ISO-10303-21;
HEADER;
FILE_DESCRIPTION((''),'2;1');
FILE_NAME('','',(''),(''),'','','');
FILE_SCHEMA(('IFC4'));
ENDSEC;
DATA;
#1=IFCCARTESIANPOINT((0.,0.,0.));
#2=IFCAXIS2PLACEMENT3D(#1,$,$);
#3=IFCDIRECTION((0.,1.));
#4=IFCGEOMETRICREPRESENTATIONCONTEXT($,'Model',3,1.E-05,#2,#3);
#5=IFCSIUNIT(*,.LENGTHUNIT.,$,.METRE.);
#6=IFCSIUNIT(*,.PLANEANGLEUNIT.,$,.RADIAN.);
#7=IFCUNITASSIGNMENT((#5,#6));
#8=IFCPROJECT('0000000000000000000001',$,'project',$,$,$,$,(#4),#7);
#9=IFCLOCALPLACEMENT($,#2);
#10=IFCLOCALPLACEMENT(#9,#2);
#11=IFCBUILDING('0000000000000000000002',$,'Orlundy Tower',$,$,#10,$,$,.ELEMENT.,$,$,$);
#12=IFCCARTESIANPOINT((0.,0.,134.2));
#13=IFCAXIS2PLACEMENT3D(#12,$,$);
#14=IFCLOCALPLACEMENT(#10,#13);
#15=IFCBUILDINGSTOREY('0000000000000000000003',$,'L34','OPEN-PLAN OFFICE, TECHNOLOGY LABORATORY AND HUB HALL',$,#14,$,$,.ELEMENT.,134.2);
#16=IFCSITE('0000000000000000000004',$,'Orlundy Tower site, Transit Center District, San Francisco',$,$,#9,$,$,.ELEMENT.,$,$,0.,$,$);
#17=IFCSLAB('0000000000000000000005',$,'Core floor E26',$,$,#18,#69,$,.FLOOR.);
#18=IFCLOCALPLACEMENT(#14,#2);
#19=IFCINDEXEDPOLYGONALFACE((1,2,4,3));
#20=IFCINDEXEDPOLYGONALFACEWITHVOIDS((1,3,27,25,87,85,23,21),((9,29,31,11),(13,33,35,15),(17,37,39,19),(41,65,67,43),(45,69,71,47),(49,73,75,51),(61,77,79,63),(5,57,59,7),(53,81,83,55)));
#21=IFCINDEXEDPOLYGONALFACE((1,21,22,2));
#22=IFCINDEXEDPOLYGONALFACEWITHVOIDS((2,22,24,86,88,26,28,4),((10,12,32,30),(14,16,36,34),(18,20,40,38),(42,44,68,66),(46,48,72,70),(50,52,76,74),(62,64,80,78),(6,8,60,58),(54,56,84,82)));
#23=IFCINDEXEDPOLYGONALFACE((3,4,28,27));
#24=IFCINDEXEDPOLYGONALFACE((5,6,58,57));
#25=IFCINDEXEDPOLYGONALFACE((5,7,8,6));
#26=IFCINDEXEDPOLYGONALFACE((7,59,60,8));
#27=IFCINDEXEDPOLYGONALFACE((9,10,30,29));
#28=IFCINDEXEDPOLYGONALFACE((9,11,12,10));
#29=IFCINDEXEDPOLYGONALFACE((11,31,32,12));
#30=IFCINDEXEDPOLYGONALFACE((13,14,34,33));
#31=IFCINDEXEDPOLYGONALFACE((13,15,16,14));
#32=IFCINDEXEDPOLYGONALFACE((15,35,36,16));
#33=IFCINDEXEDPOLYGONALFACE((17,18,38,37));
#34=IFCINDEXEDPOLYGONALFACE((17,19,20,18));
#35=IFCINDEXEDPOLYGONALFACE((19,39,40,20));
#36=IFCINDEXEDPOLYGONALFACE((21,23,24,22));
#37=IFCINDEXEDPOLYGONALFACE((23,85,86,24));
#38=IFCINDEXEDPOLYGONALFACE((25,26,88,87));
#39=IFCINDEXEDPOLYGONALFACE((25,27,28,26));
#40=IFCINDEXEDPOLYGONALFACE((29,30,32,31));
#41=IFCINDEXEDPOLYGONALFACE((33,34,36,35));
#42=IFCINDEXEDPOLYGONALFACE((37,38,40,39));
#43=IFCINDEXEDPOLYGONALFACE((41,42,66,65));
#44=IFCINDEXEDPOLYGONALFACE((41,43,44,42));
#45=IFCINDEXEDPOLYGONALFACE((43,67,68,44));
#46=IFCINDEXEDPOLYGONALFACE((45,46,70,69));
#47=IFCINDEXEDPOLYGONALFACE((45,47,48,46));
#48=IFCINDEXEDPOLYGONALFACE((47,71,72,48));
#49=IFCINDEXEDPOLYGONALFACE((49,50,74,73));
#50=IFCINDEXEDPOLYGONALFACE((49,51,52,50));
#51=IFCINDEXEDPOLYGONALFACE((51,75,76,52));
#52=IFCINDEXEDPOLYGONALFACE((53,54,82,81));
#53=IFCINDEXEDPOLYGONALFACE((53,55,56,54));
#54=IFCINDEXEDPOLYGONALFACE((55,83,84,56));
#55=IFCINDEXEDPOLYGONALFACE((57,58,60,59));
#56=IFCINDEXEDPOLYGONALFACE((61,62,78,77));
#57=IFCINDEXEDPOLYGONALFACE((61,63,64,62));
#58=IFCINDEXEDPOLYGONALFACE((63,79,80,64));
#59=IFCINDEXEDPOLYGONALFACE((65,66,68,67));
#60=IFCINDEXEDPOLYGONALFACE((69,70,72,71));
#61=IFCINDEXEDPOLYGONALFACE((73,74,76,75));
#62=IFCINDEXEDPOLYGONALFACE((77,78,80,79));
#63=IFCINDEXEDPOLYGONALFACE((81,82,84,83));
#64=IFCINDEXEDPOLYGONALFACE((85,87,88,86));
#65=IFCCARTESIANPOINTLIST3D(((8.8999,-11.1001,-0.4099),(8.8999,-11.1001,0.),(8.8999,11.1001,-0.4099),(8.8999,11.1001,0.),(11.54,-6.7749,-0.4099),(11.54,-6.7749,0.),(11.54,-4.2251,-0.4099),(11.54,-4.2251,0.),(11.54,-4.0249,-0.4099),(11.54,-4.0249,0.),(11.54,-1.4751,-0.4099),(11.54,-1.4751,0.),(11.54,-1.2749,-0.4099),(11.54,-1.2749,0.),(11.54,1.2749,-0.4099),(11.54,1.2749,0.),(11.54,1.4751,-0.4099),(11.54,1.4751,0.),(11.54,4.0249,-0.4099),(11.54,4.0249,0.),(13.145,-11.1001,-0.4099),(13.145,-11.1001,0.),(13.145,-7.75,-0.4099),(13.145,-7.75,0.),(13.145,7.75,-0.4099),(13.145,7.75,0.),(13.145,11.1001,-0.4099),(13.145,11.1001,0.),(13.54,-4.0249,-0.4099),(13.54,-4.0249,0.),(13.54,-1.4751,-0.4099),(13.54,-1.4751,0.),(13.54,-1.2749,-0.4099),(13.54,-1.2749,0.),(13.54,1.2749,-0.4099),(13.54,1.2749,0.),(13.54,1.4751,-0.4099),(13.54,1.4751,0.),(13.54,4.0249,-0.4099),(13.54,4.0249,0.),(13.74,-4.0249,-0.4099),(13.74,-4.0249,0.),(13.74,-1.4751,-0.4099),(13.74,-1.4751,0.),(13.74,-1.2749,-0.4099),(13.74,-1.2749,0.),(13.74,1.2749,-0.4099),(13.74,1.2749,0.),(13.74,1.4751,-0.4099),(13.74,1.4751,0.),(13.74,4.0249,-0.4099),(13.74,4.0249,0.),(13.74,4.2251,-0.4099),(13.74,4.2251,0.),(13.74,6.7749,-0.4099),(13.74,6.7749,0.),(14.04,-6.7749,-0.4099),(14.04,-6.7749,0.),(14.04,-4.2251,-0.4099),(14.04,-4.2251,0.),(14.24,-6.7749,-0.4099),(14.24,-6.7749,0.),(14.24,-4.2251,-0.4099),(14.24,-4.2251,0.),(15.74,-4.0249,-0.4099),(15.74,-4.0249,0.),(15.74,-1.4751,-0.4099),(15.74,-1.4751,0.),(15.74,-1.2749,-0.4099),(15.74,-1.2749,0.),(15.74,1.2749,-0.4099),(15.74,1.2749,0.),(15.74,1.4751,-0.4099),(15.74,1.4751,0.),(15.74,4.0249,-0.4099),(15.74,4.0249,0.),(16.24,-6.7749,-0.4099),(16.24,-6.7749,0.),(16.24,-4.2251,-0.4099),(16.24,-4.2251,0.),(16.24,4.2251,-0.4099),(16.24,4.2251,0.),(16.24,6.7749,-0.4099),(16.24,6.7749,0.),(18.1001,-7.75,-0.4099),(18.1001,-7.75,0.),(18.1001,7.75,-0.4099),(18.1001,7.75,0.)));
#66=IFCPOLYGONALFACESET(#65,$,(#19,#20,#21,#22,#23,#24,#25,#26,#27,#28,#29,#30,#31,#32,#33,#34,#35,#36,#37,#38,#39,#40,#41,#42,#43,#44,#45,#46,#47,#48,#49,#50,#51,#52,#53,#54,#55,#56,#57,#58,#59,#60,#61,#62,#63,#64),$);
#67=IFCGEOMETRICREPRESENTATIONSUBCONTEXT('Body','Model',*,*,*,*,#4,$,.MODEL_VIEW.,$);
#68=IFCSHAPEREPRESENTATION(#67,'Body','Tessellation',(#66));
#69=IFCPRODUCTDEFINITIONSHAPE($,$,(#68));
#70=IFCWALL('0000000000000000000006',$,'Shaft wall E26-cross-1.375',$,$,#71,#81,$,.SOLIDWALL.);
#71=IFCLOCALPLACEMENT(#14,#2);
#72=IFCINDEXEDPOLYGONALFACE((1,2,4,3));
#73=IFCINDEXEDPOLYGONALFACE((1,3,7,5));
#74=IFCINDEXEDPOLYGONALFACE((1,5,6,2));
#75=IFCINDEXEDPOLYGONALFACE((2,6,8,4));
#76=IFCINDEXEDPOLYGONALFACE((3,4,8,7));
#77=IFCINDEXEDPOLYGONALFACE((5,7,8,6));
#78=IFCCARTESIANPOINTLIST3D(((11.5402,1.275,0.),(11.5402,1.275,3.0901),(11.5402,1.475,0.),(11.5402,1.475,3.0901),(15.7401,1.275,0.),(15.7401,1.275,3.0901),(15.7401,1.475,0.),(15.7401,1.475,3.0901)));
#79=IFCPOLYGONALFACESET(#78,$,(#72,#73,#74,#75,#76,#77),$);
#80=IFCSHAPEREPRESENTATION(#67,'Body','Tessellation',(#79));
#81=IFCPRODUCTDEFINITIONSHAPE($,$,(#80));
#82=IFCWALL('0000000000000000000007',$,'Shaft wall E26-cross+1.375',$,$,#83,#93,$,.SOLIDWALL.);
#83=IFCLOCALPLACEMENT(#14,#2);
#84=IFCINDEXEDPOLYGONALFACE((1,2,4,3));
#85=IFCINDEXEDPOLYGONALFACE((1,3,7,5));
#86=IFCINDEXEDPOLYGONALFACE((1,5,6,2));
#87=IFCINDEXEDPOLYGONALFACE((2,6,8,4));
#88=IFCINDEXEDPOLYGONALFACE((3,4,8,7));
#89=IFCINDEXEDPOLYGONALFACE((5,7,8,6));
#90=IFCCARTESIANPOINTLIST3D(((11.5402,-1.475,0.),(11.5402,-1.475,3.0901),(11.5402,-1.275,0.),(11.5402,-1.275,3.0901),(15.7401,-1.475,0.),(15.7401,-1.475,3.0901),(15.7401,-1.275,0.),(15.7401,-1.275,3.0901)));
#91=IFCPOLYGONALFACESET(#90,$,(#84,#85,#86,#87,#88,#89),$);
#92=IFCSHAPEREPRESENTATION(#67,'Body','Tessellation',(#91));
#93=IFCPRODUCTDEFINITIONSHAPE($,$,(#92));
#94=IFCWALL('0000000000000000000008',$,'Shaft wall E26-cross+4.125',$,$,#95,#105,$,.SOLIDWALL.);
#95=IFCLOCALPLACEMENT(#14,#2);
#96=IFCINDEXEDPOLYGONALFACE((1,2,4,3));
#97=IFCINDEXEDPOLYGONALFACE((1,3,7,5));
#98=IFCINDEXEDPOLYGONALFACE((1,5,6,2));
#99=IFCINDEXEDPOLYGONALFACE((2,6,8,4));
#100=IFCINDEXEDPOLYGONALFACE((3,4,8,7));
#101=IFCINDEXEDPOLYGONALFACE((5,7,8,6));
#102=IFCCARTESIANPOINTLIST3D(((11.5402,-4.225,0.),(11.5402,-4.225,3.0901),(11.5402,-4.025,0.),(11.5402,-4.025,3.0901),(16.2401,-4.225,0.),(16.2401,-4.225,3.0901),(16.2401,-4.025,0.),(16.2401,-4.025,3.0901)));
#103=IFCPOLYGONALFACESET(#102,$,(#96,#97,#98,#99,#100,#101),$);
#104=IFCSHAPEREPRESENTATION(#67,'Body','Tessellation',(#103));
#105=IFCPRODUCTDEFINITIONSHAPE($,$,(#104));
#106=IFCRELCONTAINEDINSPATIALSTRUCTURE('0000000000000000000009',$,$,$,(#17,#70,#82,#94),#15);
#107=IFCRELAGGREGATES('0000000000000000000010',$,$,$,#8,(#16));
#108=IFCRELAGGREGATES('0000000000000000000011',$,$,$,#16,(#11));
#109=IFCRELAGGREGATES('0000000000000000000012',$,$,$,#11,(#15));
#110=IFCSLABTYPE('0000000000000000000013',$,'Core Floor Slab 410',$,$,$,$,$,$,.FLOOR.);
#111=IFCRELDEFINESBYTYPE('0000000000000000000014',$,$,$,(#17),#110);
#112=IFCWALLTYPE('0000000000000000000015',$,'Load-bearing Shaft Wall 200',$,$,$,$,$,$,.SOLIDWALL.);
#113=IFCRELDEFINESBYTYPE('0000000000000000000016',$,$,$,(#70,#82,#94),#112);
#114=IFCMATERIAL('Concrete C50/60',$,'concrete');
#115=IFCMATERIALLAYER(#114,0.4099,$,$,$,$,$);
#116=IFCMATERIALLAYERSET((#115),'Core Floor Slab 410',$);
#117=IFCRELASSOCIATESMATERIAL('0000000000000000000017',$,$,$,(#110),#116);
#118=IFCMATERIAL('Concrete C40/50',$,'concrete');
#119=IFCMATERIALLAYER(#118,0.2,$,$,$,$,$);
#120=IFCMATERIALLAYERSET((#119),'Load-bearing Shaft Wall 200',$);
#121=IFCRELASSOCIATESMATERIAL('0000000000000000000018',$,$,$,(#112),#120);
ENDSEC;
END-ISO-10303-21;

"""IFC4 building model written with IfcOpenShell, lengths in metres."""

from ifc_helpers import new_model, si_unit, direction, frame, frame_2d, origin, place, context, subcontext, project, spatial, polyline, rectangle, outline, extrude, material, layer, layer_set, type_object, element, save


model = new_model("IFC4")

# Units and contexts
model_context = context("Model", 3, precision=1e-05, world=origin(), true_north=direction((0.0, 1.0)))
body_context = subcontext(model_context, "Body", "Model", "MODEL_VIEW")
ifc_project = project(units=[si_unit("LENGTHUNIT", "METRE"), si_unit("PLANEANGLEUNIT", "RADIAN")], contexts=[model_context])

# Site, building, storey
site_placement = place(None, origin())
site = spatial("IfcSite", under=ifc_project, at=site_placement, Name="Orlundy Tower site, Transit Center District, San Francisco", CompositionType="ELEMENT", RefElevation=0.0)
building_placement = place(site_placement, origin())
building = spatial("IfcBuilding", under=site, at=building_placement, Name="Orlundy Tower", CompositionType="ELEMENT")
storey_placement = place(building_placement, frame((0.0, 0.0, 134.2)))
storey = spatial("IfcBuildingStorey", under=building, at=storey_placement, Name="L34", Description="OPEN-PLAN OFFICE, TECHNOLOGY LABORATORY AND HUB HALL", CompositionType="ELEMENT", Elevation=134.2)

# Slab
ifc_material_1 = material(Name="Concrete C50/60", Category="concrete")
ifc_layer_1 = layer(ifc_material_1, 0.4099)
ifc_layer_set_1 = layer_set([ifc_layer_1], Name="Core Floor Slab 410")
slab_type = type_object("IfcSlabType", Name="Core Floor Slab 410", PredefinedType="FLOOR", material=ifc_layer_set_1)
slab_placement = place(storey_placement, frame((0.0, 0.0, -0.4099)))
element("IfcSlab", 1, at=slab_placement, inside=storey, type_object=slab_type, Name="Core floor E26", PredefinedType="FLOOR", context=body_context, shape_type="SweptSolid", body=[
    extrude(outline(polyline([(13.145, -7.75), (13.145, -11.1001), (8.8999, -11.1001), (8.8999, 11.1001), (13.145, 11.1001), (13.145, 7.75), (18.1001, 7.75), (18.1001, -7.75), (13.145, -7.75)]), holes=[polyline([(16.24, 6.7749), (13.74, 6.7749), (13.74, 4.2251), (16.24, 4.2251), (16.24, 6.7749)]), polyline([(13.54, 1.4751), (13.54, 4.0249), (11.54, 4.0249), (11.54, 1.4751), (13.54, 1.4751)]), polyline([(13.74, 1.4751), (15.74, 1.4751), (15.74, 4.0249), (13.74, 4.0249), (13.74, 1.4751)]), polyline([(11.54, 1.2749), (11.54, -1.2749), (13.54, -1.2749), (13.54, 1.2749), (11.54, 1.2749)]), polyline([(15.74, 1.2749), (13.74, 1.2749), (13.74, -1.2749), (15.74, -1.2749), (15.74, 1.2749)]), polyline([(13.54, -4.0249), (13.54, -1.4751), (11.54, -1.4751), (11.54, -4.0249), (13.54, -4.0249)]), polyline([(13.74, -4.0249), (15.74, -4.0249), (15.74, -1.4751), (13.74, -1.4751), (13.74, -4.0249)]), polyline([(11.54, -4.2251), (11.54, -6.7749), (14.04, -6.7749), (14.04, -4.2251), (11.54, -4.2251)]), polyline([(16.24, -4.2251), (14.24, -4.2251), (14.24, -6.7749), (16.24, -6.7749), (16.24, -4.2251)])]), origin(), (0.0, 0.0, 1.0), 0.4099),
])

# Walls
ifc_material_2 = material(Name="Concrete C40/50", Category="concrete")
ifc_layer_2 = layer(ifc_material_2, 0.2)
ifc_layer_set_2 = layer_set([ifc_layer_2], Name="Load-bearing Shaft Wall 200")
wall_type_1 = type_object("IfcWallType", Name="Load-bearing Shaft Wall 200", PredefinedType="SOLIDWALL", material=ifc_layer_set_2)
for number, where, z_axis, x_axis, name in (
    (2, (11.54, 1.375, 0.0), (0.0, 0.0, 1.0), (1.0, 0.0, 0.0), "Shaft wall E26-cross-1.375"),
    (3, (11.54, -1.375, 0.0), (0.0, 0.0, 1.0), (1.0, 0.0, 0.0), "Shaft wall E26-cross+1.375"),
):
    element("IfcWall", number, at=place(storey_placement, frame(where, z_axis=z_axis, x_axis=x_axis)), inside=storey, type_object=wall_type_1, Name=name, PredefinedType="SOLIDWALL", context=body_context, shape_type="SweptSolid", body=[
        extrude(rectangle(XDim=4.2, YDim=0.2, at=frame_2d((2.1001, 0.0))), origin(), (0.0, 0.0, 1.0), 3.0901),
    ])
wall_1_placement = place(storey_placement, frame((11.54, -4.125, 0.0), z_axis=(0.0, 0.0, 1.0), x_axis=(1.0, 0.0, 0.0)))
element("IfcWall", 4, at=wall_1_placement, inside=storey, type_object=wall_type_1, Name="Shaft wall E26-cross+4.125", PredefinedType="SOLIDWALL", context=body_context, shape_type="SweptSolid", body=[
    extrude(rectangle(XDim=4.7, YDim=0.2, at=frame_2d((2.3501, 0.0))), origin(), (0.0, 0.0, 1.0), 3.0901),
])

save(model, "model.ifc")
